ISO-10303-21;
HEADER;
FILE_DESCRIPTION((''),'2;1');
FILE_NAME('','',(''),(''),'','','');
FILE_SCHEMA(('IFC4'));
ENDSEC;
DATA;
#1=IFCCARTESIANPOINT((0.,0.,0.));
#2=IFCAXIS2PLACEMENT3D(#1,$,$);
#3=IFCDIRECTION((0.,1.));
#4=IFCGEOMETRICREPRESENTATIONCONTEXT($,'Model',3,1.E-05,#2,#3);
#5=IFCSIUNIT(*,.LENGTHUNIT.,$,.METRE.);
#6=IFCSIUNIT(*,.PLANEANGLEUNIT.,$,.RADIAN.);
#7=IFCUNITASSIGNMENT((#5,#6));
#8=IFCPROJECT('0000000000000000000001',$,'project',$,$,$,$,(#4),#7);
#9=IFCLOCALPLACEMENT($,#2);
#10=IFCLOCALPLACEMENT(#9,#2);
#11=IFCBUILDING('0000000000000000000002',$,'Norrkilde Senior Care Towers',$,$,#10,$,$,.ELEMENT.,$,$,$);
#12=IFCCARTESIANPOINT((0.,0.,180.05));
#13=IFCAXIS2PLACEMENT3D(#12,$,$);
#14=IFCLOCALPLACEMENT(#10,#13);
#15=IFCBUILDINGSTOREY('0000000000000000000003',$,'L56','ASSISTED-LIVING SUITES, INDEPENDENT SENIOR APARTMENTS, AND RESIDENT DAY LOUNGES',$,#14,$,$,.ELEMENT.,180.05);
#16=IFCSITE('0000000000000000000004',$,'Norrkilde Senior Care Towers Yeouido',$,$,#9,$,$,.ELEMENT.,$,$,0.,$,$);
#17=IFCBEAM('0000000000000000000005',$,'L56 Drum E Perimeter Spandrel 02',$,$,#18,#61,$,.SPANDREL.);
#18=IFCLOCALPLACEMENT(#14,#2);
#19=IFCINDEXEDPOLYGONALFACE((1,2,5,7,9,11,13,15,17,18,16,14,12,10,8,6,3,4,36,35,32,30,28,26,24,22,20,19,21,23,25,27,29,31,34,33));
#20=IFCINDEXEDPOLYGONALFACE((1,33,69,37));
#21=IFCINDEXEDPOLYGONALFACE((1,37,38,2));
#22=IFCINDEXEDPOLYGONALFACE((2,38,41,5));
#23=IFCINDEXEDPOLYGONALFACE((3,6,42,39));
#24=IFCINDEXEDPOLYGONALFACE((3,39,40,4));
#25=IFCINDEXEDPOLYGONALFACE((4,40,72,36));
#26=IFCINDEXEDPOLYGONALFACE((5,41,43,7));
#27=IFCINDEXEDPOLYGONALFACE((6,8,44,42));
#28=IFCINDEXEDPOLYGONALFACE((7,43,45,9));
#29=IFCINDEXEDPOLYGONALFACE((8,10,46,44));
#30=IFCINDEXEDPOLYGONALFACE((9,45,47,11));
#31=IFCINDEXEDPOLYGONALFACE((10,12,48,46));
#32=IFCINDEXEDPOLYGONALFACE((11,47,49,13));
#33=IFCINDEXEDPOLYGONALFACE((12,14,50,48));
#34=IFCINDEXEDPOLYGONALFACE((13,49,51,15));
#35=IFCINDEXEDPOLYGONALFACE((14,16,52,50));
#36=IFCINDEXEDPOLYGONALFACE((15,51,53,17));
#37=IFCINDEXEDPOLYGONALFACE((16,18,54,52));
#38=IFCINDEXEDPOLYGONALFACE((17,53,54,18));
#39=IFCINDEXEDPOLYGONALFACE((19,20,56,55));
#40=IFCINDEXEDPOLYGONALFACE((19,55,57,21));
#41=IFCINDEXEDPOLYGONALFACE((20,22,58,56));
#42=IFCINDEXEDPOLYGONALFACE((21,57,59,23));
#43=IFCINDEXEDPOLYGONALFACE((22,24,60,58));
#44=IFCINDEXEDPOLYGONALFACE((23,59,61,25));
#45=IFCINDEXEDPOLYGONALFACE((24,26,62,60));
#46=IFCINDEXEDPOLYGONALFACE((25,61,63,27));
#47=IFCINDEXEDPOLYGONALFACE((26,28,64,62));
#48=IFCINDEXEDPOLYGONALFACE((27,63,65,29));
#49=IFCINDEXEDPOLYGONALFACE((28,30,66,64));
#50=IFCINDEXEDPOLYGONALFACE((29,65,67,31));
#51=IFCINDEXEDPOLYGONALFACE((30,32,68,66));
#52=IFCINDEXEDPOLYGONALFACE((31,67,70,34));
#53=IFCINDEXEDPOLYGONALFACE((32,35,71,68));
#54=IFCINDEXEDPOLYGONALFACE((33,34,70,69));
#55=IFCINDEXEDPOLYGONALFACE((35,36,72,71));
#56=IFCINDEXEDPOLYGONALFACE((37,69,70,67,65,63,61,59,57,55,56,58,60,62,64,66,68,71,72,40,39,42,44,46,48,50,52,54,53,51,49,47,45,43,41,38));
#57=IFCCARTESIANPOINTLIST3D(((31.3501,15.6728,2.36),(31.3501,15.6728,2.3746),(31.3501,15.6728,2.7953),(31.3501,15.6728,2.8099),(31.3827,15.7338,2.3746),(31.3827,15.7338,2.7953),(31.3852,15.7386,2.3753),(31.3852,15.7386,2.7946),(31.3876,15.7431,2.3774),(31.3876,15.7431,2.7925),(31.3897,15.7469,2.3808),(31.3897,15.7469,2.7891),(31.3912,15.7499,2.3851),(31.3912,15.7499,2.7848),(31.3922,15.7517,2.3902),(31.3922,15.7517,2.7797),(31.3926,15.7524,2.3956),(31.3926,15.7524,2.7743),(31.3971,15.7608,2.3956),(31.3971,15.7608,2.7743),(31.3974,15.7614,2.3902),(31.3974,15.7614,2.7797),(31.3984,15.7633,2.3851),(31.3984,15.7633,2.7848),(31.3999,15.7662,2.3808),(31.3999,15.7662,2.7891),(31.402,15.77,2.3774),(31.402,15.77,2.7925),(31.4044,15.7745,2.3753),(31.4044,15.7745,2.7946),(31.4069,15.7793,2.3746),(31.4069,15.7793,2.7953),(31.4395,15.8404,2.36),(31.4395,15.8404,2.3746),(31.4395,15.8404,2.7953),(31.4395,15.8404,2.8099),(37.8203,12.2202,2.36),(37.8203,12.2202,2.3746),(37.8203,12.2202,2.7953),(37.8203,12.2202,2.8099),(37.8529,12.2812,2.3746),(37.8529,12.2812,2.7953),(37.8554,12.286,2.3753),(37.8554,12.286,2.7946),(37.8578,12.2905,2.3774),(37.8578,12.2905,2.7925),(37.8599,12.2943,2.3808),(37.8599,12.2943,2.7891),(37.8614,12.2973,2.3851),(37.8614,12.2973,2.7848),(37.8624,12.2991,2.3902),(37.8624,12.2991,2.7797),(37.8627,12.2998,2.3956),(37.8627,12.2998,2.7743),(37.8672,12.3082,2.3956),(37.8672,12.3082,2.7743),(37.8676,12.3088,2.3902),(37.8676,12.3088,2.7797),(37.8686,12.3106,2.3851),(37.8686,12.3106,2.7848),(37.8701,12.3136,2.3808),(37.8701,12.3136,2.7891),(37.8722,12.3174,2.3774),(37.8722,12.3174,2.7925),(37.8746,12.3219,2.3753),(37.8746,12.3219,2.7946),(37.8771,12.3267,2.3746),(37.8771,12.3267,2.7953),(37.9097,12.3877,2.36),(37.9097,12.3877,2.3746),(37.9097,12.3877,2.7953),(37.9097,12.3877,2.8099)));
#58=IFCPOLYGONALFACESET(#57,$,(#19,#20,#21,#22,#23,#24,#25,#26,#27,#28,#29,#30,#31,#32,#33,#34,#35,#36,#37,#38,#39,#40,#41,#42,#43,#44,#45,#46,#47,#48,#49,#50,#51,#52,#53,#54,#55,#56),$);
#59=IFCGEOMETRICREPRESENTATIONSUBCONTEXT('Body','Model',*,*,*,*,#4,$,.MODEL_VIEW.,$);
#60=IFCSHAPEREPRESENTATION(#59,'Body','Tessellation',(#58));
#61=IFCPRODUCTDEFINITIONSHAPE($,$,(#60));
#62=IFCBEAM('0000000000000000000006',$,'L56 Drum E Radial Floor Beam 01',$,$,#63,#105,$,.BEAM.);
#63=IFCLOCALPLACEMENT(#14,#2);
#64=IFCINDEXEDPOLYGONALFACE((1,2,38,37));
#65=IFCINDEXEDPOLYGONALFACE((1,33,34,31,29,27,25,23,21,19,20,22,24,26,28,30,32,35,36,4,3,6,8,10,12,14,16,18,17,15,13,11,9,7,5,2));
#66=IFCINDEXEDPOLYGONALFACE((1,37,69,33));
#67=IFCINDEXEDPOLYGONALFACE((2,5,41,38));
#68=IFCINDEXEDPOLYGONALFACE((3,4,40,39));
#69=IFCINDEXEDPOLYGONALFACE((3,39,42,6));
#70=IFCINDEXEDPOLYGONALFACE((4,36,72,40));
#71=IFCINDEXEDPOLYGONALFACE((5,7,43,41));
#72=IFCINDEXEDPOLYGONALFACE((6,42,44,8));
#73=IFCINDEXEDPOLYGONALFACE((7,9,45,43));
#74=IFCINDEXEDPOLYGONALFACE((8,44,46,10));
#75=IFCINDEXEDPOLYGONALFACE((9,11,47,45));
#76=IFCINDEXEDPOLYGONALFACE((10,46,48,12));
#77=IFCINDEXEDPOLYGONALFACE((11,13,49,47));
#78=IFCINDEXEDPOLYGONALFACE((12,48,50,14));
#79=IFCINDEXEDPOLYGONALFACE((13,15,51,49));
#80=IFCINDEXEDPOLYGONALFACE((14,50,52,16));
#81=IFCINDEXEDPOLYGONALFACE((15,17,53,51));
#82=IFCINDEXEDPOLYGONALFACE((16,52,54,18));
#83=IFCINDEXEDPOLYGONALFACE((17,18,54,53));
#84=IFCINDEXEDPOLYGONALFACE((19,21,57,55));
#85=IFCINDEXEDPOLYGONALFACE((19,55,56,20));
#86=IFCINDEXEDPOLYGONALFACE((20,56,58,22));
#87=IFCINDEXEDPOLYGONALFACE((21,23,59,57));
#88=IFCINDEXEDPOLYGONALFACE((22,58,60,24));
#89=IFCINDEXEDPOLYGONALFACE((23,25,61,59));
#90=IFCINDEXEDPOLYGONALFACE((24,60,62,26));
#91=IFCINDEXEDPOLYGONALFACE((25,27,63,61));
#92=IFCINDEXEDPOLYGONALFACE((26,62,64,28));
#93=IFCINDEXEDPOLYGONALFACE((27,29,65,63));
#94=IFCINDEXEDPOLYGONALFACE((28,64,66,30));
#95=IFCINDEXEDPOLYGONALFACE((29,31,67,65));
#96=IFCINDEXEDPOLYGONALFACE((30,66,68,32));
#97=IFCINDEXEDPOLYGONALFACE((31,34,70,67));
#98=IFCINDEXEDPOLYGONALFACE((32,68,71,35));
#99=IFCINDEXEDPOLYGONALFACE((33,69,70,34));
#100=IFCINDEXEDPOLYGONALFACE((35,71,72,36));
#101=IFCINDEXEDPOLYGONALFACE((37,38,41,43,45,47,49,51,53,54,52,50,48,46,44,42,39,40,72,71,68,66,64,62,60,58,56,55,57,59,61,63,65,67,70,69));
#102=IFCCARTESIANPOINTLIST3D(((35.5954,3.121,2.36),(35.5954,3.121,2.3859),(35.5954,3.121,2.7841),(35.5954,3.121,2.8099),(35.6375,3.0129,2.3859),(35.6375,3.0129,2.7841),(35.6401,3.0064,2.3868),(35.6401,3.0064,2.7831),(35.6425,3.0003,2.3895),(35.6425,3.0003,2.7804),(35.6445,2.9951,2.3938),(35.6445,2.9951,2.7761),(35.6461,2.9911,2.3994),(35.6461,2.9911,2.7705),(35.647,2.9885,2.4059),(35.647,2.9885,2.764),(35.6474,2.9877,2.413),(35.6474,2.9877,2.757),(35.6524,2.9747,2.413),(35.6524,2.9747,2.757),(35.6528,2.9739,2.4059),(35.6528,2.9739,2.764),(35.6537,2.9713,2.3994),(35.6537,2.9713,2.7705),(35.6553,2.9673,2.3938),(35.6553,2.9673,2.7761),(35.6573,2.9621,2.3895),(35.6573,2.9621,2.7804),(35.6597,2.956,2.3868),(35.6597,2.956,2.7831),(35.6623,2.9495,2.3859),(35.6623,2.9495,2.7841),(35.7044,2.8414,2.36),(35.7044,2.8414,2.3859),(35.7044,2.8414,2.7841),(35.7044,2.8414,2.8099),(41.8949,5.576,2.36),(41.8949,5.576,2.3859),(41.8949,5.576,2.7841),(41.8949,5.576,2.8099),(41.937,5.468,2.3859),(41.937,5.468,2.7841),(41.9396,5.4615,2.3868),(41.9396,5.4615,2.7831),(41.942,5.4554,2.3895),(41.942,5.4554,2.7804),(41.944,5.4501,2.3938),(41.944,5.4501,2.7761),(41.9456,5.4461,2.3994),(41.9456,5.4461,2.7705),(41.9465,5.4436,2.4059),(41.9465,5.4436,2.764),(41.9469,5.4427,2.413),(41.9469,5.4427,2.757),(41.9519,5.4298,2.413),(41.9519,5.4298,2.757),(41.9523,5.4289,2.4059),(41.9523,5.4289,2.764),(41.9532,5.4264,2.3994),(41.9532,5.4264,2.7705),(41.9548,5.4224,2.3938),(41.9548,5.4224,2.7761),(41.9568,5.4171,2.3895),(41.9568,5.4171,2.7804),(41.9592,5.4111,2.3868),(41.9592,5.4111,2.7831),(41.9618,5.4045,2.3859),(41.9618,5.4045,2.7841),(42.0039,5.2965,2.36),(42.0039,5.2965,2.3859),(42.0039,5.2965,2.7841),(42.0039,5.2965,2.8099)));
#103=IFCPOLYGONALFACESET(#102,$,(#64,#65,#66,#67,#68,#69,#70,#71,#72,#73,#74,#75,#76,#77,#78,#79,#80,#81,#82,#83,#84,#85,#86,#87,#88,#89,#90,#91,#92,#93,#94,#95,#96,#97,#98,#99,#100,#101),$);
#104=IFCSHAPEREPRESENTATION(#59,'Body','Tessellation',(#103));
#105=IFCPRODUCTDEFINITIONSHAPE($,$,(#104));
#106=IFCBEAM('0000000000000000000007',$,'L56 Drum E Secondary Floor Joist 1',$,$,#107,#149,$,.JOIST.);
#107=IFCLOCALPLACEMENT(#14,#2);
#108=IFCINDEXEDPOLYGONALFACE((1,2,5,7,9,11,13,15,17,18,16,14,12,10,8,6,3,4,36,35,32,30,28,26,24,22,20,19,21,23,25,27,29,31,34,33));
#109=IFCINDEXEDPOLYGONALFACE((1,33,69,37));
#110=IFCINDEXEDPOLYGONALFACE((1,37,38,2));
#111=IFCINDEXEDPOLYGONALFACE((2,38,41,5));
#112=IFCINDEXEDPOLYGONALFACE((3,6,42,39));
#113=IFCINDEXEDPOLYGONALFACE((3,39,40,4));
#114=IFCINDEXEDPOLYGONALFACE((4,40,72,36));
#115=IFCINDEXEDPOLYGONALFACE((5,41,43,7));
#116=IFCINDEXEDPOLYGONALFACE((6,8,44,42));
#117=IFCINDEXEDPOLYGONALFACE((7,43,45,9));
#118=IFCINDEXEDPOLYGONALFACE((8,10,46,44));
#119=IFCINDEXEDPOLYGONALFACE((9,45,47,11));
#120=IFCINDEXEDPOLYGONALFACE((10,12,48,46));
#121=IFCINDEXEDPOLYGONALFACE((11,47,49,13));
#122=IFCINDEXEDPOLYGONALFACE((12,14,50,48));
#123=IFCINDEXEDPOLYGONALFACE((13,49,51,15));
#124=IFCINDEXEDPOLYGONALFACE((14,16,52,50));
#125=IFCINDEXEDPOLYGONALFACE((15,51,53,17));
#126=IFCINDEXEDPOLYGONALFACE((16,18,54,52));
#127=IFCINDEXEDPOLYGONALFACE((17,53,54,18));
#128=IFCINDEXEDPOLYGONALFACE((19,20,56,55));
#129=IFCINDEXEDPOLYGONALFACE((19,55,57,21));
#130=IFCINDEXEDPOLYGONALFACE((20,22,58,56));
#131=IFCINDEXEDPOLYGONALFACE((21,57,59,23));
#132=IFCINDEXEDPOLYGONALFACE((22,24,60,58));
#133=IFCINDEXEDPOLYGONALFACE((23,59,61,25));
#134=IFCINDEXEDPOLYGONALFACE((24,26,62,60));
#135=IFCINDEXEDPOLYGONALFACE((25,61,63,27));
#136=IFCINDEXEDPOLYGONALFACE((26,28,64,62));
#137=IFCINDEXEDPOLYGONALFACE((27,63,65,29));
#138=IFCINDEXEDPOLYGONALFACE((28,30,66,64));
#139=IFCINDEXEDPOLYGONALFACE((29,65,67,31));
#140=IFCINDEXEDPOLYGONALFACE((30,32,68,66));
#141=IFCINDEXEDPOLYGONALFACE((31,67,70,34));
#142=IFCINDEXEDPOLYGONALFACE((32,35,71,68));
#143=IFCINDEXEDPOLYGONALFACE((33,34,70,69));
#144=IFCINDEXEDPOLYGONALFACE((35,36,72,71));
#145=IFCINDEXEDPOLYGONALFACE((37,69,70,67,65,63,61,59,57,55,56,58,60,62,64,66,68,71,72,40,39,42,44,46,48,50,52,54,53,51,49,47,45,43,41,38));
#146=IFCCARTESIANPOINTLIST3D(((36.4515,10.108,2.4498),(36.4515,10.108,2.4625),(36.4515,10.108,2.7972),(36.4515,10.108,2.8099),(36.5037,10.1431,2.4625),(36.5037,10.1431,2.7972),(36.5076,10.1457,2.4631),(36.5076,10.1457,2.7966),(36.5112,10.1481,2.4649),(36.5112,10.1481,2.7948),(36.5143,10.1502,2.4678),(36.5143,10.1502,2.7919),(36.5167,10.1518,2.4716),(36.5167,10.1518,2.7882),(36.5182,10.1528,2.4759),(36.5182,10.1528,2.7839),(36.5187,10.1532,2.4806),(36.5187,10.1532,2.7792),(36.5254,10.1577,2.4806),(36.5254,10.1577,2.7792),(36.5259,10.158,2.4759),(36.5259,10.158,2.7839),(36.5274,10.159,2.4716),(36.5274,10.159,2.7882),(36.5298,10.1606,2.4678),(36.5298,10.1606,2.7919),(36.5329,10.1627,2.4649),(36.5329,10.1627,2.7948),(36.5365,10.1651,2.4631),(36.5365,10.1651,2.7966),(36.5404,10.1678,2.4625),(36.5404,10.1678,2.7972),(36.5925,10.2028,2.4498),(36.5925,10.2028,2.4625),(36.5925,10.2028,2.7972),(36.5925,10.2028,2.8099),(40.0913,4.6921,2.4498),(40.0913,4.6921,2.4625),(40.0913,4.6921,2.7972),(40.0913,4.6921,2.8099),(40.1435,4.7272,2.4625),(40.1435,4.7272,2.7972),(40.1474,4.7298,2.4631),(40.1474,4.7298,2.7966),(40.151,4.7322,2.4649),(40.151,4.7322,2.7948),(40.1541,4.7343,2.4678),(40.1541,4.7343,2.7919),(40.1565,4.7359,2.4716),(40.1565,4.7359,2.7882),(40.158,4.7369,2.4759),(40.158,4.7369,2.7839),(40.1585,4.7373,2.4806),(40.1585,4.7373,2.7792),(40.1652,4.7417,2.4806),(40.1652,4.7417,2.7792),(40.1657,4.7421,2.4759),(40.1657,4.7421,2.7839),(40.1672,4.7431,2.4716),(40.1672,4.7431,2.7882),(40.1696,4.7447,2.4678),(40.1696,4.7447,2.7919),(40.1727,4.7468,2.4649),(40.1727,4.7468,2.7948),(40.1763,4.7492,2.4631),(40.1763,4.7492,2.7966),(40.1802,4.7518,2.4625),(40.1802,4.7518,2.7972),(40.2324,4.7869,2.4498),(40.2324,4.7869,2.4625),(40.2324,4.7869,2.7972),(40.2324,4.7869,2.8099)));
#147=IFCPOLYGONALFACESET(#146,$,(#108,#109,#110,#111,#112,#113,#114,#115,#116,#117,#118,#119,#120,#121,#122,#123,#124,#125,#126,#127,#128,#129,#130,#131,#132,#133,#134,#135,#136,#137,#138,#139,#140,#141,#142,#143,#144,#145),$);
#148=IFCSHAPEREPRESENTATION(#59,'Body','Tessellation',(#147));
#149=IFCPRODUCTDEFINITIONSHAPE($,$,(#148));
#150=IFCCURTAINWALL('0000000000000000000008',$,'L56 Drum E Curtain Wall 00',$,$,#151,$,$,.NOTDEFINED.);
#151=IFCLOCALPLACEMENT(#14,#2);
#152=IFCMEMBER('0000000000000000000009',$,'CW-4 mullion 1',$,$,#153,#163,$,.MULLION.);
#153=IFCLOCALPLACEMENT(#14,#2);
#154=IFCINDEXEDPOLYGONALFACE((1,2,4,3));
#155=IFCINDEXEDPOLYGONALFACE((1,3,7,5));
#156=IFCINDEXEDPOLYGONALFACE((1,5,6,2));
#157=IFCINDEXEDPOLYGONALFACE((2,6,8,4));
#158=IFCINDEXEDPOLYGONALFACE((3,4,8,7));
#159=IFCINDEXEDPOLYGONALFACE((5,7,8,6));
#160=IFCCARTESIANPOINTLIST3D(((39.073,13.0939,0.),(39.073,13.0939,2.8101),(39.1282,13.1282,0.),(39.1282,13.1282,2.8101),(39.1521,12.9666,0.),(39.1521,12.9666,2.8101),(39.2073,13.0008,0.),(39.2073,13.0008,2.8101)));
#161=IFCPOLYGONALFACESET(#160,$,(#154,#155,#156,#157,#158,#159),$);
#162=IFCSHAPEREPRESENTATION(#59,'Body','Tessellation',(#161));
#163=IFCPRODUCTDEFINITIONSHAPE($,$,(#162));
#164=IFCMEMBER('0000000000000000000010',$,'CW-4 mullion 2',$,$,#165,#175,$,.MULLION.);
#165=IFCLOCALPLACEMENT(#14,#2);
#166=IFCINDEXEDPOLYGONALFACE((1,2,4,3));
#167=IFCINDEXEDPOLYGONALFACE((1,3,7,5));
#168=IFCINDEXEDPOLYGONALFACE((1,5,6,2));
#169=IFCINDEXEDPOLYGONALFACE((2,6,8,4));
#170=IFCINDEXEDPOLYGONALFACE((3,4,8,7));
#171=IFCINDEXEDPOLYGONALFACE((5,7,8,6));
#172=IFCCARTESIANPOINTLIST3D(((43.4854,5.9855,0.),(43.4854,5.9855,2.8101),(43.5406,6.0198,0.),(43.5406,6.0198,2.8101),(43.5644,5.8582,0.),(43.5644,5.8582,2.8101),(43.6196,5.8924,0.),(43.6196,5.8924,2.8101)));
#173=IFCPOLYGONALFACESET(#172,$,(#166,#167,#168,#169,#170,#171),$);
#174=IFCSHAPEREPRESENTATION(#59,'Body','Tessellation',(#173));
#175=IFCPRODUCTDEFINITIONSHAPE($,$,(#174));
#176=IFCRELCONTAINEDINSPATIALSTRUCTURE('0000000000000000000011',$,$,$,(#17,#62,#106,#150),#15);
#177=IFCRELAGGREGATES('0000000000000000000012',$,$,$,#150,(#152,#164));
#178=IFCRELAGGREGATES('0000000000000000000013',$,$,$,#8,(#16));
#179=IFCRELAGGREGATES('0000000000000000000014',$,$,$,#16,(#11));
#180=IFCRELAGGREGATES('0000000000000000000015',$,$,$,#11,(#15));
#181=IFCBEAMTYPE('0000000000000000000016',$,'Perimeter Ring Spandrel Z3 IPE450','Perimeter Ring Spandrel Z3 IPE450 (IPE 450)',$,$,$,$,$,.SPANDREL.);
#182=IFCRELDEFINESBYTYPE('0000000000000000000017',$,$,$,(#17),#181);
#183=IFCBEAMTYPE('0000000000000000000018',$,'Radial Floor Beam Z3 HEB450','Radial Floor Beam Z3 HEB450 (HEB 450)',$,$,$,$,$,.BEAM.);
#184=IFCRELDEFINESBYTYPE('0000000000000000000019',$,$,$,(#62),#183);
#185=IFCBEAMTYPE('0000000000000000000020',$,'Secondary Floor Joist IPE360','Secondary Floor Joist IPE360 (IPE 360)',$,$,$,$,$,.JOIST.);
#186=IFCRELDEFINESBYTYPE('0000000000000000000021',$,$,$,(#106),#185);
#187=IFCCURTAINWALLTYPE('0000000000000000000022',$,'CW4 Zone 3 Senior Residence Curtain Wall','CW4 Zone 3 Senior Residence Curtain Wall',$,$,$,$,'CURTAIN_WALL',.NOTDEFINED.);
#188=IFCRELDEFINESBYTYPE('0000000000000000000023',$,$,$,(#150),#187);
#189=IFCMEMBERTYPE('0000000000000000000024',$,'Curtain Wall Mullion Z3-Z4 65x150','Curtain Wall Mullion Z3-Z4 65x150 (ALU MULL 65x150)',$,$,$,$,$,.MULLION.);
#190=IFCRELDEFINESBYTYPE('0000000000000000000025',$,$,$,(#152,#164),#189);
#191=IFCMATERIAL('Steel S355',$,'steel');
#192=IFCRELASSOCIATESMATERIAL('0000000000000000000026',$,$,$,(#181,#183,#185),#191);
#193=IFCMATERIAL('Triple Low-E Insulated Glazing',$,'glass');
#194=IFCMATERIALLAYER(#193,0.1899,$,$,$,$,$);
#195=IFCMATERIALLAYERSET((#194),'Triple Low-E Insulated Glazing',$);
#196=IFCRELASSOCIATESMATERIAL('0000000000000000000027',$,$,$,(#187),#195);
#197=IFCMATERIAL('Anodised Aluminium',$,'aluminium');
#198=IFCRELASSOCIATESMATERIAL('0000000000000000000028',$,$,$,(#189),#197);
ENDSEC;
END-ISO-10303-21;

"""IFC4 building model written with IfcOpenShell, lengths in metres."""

from ifc_helpers import new_model, si_unit, direction, frame, origin, origin_2d, place, context, subcontext, project, spatial, rectangle, i_section, extrude, source, transform, mapped, material, layer, layer_set, material_profile, profile_set, type_object, type_shapes, element, aggregate, save


model = new_model("IFC4")

# Units and contexts
model_context = context("Model", 3, precision=1e-05, world=origin(), true_north=direction((0.0, 1.0)))
body_context = subcontext(model_context, "Body", "Model", "MODEL_VIEW")
ifc_project = project(units=[si_unit("LENGTHUNIT", "METRE"), si_unit("PLANEANGLEUNIT", "RADIAN")], contexts=[model_context])

# Site, building, storey
site_placement = place(None, origin())
site = spatial("IfcSite", under=ifc_project, at=site_placement, Name="Norrkilde Senior Care Towers Yeouido", CompositionType="ELEMENT", RefElevation=0.0)
building_placement = place(site_placement, origin())
building = spatial("IfcBuilding", under=site, at=building_placement, Name="Norrkilde Senior Care Towers", CompositionType="ELEMENT")
storey_placement = place(building_placement, frame((0.0, 0.0, 180.05)))
storey = spatial("IfcBuildingStorey", under=building, at=storey_placement, Name="L56", Description="ASSISTED-LIVING SUITES, INDEPENDENT SENIOR APARTMENTS, AND RESIDENT DAY LOUNGES", CompositionType="ELEMENT", Elevation=180.05)

# Beams
ifc_material_1 = material(Name="Steel S355", Category="steel")
ifc_material_profile_1 = material_profile(ifc_material_1, i_section(OverallWidth=0.1899, OverallDepth=0.45, WebThickness=0.0095, FlangeThickness=0.0146, FilletRadius=0.021, at=origin_2d()), Name="IPE 450")
ifc_profile_set_1 = profile_set([ifc_material_profile_1], Name="Steel S355")
beam_type_1 = type_object("IfcBeamType", Name="Perimeter Ring Spandrel Z3 IPE450", Description="Perimeter Ring Spandrel Z3 IPE450 (IPE 450)", PredefinedType="SPANDREL", material=ifc_profile_set_1)
shared_shape_1 = source(origin(), body_context, "Body", "SweptSolid", [
    extrude(i_section(OverallWidth=0.1899, OverallDepth=0.45, WebThickness=0.0095, FlangeThickness=0.0146, FilletRadius=0.021, at=origin_2d()), origin(), (0.0, 0.0, 1.0), 7.3337),
])
beam_1_placement = place(storey_placement, frame((37.865, 12.304, 2.585), z_axis=(-0.882248, 0.470785, 0.0), x_axis=(-0.470785, -0.882248, 0.0)))
element("IfcBeam", 1, at=beam_1_placement, inside=storey, type_object=beam_type_1, Name="L56 Drum E Perimeter Spandrel 02", PredefinedType="SPANDREL", context=body_context, shape_type="MappedRepresentation", body=[
    mapped(shared_shape_1, transform((0.0, 0.0, 0.0), x_axis=(1.0, 0.0, 0.0), y_axis=(0.0, 1.0, 0.0), z_axis=(0.0, 0.0, 1.0), scale=1.0)),
])
ifc_material_profile_2 = material_profile(ifc_material_1, i_section(OverallWidth=0.3, OverallDepth=0.45, WebThickness=0.0139, FlangeThickness=0.0259, FilletRadius=0.0271, at=origin_2d()), Name="HEB 450")
ifc_profile_set_2 = profile_set([ifc_material_profile_2], Name="Steel S355")
beam_type_2 = type_object("IfcBeamType", Name="Radial Floor Beam Z3 HEB450", Description="Radial Floor Beam Z3 HEB450 (HEB 450)", PredefinedType="BEAM", material=ifc_profile_set_2)
shared_shape_2 = source(origin(), body_context, "Body", "SweptSolid", [
    extrude(i_section(OverallWidth=0.3, OverallDepth=0.45, WebThickness=0.0139, FlangeThickness=0.0259, FilletRadius=0.0271, at=origin_2d()), origin(), (0.0, 0.0, 1.0), 6.761),
])
type_shapes(beam_type_2, [shared_shape_2])
beam_2_placement = place(storey_placement, frame((35.6499, 2.9812, 2.585), z_axis=(0.931742, 0.363121, 0.0), x_axis=(-0.363121, 0.931742, 0.0)))
element("IfcBeam", 2, at=beam_2_placement, inside=storey, type_object=beam_type_2, Name="L56 Drum E Radial Floor Beam 01", PredefinedType="BEAM", context=body_context, shape_type="MappedRepresentation", body=[
    mapped(shared_shape_2, transform((0.0, 0.0, 0.0), x_axis=(1.0, 0.0, 0.0), y_axis=(0.0, 1.0, 0.0), z_axis=(0.0, 0.0, 1.0), scale=1.0)),
])
ifc_material_profile_3 = material_profile(ifc_material_1, i_section(OverallWidth=0.1699, OverallDepth=0.3601, WebThickness=0.0081, FlangeThickness=0.0127, FilletRadius=0.0181, at=origin_2d()), Name="IPE 360")
ifc_profile_set_3 = profile_set([ifc_material_profile_3], Name="Steel S355")
beam_type_3 = type_object("IfcBeamType", Name="Secondary Floor Joist IPE360", Description="Secondary Floor Joist IPE360 (IPE 360)", PredefinedType="JOIST", material=ifc_profile_set_3)
shared_shape_3 = source(origin(), body_context, "Body", "SweptSolid", [
    extrude(i_section(OverallWidth=0.1699, OverallDepth=0.3601, WebThickness=0.0081, FlangeThickness=0.0127, FilletRadius=0.0181, at=origin_2d()), origin(), (0.0, 0.0, 1.0), 6.5254),
])
type_shapes(beam_type_3, [shared_shape_3])
beam_3_placement = place(storey_placement, frame((40.1619, 4.7395, 2.6299), z_axis=(-0.557796, 0.829978, 0.0), x_axis=(-0.829978, -0.557796, 0.0)))
element("IfcBeam", 3, at=beam_3_placement, inside=storey, type_object=beam_type_3, Name="L56 Drum E Secondary Floor Joist 1", PredefinedType="JOIST", context=body_context, shape_type="MappedRepresentation", body=[
    mapped(shared_shape_3, transform((0.0, 0.0, 0.0), x_axis=(1.0, 0.0, 0.0), y_axis=(0.0, 1.0, 0.0), z_axis=(0.0, 0.0, 1.0), scale=1.0)),
])

# Curtain wall, members
ifc_material_2 = material(Name="Triple Low-E Insulated Glazing", Category="glass")
ifc_layer_1 = layer(ifc_material_2, 0.1899)
ifc_layer_set_1 = layer_set([ifc_layer_1], Name="Triple Low-E Insulated Glazing")
curtain_wall_type = type_object("IfcCurtainWallType", Name="CW4 Zone 3 Senior Residence Curtain Wall", Description="CW4 Zone 3 Senior Residence Curtain Wall", ElementType="CURTAIN_WALL", PredefinedType="NOTDEFINED", material=ifc_layer_set_1)
curtain_wall_1_placement = place(storey_placement, origin())
curtain_wall_1 = element("IfcCurtainWall", 4, at=curtain_wall_1_placement, inside=storey, type_object=curtain_wall_type, Name="L56 Drum E Curtain Wall 00", PredefinedType="NOTDEFINED")
ifc_material_3 = material(Name="Anodised Aluminium", Category="aluminium")
ifc_material_profile_4 = material_profile(ifc_material_3, rectangle(XDim=0.0649, YDim=0.1499, at=origin_2d()), Name="ALU MULL 65x150")
ifc_profile_set_4 = profile_set([ifc_material_profile_4], Name="Anodised Aluminium")
member_type_1 = type_object("IfcMemberType", Name="Curtain Wall Mullion Z3-Z4 65x150", Description="Curtain Wall Mullion Z3-Z4 65x150 (ALU MULL 65x150)", PredefinedType="MULLION", material=ifc_profile_set_4)
shared_shape_4 = source(origin(), body_context, "Body", "SweptSolid", [
    extrude(rectangle(XDim=0.0649, YDim=0.1499, at=origin_2d()), origin(), (0.0, 0.0, 1.0), 2.8101),
])
type_shapes(member_type_1, [shared_shape_4])
member_1_placement = place(storey_placement, frame((39.1401, 13.0474, 0.0), z_axis=(0.0, 0.0, 1.0), x_axis=(0.849634, 0.527373, 0.0)))
member_1 = element("IfcMember", 5, at=member_1_placement, type_object=member_type_1, Name="CW-4 mullion 1", PredefinedType="MULLION", context=body_context, shape_type="MappedRepresentation", body=[
    mapped(shared_shape_4, transform((0.0, 0.0, 0.0), x_axis=(1.0, 0.0, 0.0), y_axis=(0.0, 1.0, 0.0), z_axis=(0.0, 0.0, 1.0), scale=1.0)),
])
member_2_placement = place(storey_placement, frame((43.5525, 5.939, 0.0), z_axis=(0.0, 0.0, 1.0), x_axis=(0.849634, 0.527373, 0.0)))
member_2 = element("IfcMember", 6, at=member_2_placement, type_object=member_type_1, Name="CW-4 mullion 2", PredefinedType="MULLION", context=body_context, shape_type="MappedRepresentation", body=[
    mapped(shared_shape_4, transform((0.0, 0.0, 0.0), x_axis=(1.0, 0.0, 0.0), y_axis=(0.0, 1.0, 0.0), z_axis=(0.0, 0.0, 1.0), scale=1.0)),
])

aggregate(curtain_wall_1, [member_1, member_2])

save(model, "model.ifc")
